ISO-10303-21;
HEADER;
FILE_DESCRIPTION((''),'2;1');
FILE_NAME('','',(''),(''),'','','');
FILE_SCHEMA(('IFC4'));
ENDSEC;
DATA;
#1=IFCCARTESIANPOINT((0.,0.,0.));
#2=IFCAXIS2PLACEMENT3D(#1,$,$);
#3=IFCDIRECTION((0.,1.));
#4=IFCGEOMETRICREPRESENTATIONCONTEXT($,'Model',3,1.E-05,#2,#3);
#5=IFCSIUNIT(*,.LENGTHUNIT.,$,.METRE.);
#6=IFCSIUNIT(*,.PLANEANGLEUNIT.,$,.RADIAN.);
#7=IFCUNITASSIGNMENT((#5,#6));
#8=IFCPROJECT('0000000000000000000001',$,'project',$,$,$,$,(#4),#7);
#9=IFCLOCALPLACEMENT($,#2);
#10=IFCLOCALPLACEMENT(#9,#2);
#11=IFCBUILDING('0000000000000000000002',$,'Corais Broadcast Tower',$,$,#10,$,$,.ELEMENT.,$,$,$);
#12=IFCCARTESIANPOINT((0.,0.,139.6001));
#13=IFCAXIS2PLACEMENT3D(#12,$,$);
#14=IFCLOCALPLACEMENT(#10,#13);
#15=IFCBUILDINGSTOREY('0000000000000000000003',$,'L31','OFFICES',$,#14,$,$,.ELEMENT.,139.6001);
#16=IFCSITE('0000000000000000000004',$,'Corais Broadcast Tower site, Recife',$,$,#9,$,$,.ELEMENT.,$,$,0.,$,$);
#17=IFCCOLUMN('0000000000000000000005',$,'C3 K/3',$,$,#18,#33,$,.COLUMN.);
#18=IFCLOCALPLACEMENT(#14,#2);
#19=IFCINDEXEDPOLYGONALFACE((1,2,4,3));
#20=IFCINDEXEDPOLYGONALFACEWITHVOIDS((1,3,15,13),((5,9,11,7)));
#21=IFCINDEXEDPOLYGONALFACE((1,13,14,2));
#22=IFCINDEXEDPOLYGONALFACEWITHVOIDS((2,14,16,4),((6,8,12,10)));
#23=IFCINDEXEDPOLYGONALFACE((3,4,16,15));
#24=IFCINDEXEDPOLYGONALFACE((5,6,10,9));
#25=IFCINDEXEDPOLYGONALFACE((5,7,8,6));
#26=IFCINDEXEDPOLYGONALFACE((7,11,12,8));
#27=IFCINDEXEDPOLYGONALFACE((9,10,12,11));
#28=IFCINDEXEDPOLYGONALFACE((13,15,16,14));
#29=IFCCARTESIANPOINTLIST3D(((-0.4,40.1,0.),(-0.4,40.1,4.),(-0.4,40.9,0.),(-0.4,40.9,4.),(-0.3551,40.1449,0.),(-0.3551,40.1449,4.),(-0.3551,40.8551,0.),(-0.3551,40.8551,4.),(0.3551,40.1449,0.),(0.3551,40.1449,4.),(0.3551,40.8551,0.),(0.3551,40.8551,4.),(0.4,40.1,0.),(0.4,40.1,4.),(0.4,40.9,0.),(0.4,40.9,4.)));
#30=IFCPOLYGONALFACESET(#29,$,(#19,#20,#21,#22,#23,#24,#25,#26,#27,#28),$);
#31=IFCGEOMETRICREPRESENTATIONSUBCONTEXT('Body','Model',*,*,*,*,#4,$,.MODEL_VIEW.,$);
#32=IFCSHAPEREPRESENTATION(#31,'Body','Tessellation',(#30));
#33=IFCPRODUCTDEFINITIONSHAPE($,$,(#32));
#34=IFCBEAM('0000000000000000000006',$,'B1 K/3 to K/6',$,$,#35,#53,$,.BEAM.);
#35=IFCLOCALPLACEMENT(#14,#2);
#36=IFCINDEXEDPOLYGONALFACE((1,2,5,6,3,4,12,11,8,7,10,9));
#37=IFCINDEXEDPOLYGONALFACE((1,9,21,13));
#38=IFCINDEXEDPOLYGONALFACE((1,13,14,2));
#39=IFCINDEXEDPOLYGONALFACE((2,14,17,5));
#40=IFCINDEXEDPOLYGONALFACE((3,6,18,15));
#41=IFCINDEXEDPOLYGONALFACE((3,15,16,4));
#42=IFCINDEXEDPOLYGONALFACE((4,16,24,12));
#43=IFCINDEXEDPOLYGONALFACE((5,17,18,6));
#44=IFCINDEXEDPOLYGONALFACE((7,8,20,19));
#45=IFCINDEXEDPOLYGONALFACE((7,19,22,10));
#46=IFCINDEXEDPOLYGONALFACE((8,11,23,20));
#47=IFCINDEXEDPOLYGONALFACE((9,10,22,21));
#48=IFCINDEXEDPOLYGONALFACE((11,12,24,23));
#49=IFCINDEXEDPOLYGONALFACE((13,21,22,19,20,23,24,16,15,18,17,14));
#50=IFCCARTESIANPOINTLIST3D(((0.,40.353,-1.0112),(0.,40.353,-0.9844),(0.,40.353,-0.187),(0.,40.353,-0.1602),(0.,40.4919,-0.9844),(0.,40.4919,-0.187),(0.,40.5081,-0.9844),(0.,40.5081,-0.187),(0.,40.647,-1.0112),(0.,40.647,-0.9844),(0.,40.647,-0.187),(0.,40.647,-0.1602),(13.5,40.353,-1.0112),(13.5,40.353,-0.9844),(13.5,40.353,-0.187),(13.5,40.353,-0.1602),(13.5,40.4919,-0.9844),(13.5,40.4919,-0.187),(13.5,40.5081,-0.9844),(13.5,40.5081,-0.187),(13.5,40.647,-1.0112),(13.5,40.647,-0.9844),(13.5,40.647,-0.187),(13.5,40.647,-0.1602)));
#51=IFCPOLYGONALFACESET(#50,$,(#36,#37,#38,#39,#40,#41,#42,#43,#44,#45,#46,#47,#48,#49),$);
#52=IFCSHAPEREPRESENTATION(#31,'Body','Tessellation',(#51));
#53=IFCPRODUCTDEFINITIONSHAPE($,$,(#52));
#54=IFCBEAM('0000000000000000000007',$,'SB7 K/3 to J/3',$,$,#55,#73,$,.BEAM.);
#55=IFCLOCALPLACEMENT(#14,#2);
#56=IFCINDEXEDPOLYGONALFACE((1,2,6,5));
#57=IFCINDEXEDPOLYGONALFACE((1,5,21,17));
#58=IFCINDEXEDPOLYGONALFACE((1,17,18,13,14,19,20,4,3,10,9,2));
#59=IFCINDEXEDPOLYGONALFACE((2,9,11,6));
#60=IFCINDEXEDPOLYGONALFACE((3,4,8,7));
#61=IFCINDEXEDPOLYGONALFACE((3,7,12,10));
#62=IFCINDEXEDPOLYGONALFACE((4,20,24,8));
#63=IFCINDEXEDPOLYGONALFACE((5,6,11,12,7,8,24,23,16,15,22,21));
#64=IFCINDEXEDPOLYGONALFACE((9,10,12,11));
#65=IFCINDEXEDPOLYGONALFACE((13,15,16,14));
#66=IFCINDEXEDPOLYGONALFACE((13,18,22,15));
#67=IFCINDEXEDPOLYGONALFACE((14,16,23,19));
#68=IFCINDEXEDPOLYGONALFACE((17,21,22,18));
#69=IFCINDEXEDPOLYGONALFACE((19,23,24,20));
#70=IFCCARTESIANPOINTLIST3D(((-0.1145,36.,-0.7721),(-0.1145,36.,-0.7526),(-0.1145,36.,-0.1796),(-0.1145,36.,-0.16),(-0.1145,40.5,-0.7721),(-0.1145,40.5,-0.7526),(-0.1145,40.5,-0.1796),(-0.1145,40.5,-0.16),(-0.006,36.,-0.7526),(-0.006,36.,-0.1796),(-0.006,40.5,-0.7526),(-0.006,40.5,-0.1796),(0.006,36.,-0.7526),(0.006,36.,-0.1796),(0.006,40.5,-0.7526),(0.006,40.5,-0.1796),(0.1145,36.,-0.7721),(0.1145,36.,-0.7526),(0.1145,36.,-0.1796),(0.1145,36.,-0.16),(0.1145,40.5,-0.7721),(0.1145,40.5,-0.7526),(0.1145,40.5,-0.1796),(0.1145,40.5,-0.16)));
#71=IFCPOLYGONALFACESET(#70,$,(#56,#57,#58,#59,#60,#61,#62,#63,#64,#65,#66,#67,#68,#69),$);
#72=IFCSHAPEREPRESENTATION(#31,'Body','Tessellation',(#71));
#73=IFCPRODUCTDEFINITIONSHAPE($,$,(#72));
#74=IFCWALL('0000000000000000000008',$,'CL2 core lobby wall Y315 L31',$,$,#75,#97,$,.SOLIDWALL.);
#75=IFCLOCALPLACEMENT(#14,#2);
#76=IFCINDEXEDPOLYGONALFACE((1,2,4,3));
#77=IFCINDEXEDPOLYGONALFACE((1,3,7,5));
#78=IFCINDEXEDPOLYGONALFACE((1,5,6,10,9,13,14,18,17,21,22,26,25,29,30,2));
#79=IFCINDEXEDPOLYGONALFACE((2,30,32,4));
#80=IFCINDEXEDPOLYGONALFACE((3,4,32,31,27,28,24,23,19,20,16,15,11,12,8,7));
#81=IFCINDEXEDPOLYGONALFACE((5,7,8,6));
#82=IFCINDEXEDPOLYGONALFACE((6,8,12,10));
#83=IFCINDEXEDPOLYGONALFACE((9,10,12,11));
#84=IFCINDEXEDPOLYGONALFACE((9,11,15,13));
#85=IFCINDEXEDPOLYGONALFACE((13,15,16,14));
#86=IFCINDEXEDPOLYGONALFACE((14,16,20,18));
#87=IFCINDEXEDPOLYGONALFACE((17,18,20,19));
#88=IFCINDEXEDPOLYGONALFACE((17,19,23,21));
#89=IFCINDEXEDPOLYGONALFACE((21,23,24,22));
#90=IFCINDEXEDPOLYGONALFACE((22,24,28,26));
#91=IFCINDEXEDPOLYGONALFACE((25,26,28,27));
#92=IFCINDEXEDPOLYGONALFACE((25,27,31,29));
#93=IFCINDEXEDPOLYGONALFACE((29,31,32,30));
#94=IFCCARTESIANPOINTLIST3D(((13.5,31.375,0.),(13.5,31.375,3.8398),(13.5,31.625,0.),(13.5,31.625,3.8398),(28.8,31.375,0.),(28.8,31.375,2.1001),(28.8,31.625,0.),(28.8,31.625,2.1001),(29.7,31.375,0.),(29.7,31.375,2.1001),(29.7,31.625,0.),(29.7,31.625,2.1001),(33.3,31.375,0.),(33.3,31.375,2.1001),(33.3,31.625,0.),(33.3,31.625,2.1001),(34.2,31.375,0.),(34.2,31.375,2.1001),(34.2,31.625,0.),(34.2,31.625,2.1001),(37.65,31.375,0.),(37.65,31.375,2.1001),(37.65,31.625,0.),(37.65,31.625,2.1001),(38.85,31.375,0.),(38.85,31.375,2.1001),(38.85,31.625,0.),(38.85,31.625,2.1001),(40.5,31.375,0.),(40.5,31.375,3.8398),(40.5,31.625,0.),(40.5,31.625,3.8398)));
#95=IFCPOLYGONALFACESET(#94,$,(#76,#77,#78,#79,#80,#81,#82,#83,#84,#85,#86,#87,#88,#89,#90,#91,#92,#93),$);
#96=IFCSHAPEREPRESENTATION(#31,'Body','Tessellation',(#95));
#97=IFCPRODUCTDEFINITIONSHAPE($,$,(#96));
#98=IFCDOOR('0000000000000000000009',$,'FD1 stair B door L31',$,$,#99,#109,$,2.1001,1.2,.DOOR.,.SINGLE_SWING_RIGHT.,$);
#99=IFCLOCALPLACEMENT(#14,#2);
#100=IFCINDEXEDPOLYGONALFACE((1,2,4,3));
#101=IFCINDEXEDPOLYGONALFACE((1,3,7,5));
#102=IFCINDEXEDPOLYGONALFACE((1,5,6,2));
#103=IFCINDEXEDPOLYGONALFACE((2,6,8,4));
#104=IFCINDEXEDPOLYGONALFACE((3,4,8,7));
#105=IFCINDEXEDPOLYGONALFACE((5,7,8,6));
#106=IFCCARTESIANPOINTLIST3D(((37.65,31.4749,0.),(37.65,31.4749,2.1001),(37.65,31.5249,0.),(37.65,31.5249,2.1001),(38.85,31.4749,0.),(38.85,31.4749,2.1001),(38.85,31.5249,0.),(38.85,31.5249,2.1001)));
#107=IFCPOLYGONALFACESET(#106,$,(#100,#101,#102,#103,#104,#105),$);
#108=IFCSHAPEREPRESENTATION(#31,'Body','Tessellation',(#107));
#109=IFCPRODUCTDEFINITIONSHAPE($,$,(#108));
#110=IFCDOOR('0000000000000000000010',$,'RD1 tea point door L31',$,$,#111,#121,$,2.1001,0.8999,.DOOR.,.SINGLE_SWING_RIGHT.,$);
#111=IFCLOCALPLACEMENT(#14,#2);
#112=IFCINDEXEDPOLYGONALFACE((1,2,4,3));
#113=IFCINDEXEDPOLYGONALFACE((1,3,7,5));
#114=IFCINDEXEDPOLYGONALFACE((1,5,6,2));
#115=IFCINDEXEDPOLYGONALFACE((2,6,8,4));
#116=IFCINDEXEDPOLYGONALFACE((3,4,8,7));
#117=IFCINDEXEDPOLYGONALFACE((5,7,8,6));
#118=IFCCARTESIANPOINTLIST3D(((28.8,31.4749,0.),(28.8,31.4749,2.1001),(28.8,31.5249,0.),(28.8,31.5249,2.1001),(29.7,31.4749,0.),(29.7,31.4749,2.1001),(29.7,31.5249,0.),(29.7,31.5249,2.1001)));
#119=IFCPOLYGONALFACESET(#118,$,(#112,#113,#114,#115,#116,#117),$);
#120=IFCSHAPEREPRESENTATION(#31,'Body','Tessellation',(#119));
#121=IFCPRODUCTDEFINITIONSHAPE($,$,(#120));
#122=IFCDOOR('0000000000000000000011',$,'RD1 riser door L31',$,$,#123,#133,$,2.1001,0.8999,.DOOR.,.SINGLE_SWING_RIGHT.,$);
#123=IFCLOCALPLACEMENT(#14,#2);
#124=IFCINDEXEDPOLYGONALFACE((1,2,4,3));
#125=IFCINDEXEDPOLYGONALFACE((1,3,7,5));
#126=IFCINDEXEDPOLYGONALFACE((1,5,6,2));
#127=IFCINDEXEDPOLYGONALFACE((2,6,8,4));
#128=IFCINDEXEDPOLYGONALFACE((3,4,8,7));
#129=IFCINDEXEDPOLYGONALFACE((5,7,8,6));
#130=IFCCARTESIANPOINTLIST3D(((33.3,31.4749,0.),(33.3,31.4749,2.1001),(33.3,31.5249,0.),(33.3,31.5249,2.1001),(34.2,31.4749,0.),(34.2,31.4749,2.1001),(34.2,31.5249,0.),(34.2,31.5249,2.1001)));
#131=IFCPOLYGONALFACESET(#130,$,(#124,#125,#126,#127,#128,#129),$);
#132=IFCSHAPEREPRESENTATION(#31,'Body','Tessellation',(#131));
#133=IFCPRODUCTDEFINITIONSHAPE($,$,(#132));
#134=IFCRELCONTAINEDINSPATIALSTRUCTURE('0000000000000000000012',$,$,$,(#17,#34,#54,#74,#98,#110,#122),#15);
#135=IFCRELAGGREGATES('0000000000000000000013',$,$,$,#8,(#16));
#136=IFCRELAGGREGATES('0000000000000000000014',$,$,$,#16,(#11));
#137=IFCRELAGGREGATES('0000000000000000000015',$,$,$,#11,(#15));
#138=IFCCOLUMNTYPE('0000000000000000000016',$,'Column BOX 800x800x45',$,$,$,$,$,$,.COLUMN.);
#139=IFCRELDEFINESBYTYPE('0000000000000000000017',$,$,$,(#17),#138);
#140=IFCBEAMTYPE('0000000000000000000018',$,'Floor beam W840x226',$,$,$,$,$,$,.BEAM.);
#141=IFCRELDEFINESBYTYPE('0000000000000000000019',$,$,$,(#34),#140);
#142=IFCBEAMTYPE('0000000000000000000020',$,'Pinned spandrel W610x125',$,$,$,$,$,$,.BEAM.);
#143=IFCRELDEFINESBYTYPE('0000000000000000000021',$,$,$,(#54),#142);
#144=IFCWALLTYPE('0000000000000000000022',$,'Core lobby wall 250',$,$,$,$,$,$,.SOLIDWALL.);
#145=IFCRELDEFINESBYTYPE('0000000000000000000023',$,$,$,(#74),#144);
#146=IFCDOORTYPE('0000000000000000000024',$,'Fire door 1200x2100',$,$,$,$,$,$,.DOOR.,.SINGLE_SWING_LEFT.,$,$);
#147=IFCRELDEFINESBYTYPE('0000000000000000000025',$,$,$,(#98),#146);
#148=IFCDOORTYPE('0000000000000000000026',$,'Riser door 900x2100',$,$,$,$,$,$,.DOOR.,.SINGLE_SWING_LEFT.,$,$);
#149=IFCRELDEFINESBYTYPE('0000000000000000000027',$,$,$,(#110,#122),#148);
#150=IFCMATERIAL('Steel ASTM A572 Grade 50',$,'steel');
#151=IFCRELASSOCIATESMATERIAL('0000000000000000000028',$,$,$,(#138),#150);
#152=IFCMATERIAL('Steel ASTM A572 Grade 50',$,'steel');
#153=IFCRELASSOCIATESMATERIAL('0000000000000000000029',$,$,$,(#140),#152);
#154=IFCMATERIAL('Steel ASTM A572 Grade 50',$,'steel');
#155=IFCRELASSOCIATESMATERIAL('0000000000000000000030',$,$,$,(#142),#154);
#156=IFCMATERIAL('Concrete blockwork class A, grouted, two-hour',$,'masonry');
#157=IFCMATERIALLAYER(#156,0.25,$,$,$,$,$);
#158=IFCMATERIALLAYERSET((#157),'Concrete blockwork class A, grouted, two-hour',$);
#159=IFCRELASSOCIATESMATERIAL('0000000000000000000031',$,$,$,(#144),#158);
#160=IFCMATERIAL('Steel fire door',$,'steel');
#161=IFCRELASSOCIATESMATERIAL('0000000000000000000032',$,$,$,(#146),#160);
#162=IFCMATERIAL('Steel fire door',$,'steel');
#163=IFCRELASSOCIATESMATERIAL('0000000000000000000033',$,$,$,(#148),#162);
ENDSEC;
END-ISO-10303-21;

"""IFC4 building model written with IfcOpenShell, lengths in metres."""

from ifc_helpers import new_model, si_unit, direction, frame, frame_2d, origin, origin_2d, place, context, subcontext, project, spatial, rectangle, hollow_rectangle, i_section, extrude, material, layer, layer_set, material_profile, profile_set, type_object, element, fill, save


model = new_model("IFC4")

# Units and contexts
model_context = context("Model", 3, precision=1e-05, world=origin(), true_north=direction((0.0, 1.0)))
body_context = subcontext(model_context, "Body", "Model", "MODEL_VIEW")
ifc_project = project(units=[si_unit("LENGTHUNIT", "METRE"), si_unit("PLANEANGLEUNIT", "RADIAN")], contexts=[model_context])

# Site, building, storey
site_placement = place(None, origin())
site = spatial("IfcSite", under=ifc_project, at=site_placement, Name="Corais Broadcast Tower site, Recife", CompositionType="ELEMENT", RefElevation=0.0)
building_placement = place(site_placement, origin())
building = spatial("IfcBuilding", under=site, at=building_placement, Name="Corais Broadcast Tower", CompositionType="ELEMENT")
storey_placement = place(building_placement, frame((0.0, 0.0, 139.6001)))
storey = spatial("IfcBuildingStorey", under=building, at=storey_placement, Name="L31", Description="OFFICES", CompositionType="ELEMENT", Elevation=139.6001)

# Column
ifc_material_1 = material(Name="Steel ASTM A572 Grade 50", Category="steel")
ifc_material_profile_1 = material_profile(ifc_material_1, hollow_rectangle(XDim=0.8, YDim=0.8, WallThickness=0.0449, at=origin_2d()), Name="BOX 800x800x45")
ifc_profile_set_1 = profile_set([ifc_material_profile_1], Name="Steel ASTM A572 Grade 50")
column_type = type_object("IfcColumnType", Name="Column BOX 800x800x45", PredefinedType="COLUMN", material=ifc_profile_set_1)
column_placement = place(storey_placement, frame((0.0, 40.5, 0.0), z_axis=(0.0, 0.0, 1.0), x_axis=(1.0, 0.0, 0.0)))
element("IfcColumn", 1, at=column_placement, inside=storey, type_object=column_type, Name="C3 K/3", PredefinedType="COLUMN", context=body_context, shape_type="SweptSolid", body=[
    extrude(hollow_rectangle(XDim=0.8, YDim=0.8, WallThickness=0.0449, at=origin_2d()), origin(), (0.0, 0.0, 1.0), 4.0),
])

# Beams
ifc_material_2 = material(Name="Steel ASTM A572 Grade 50", Category="steel")
ifc_material_profile_2 = material_profile(ifc_material_2, i_section(OverallWidth=0.2939, OverallDepth=0.8511, WebThickness=0.0161, FlangeThickness=0.0269, at=origin_2d()), Name="W840x226")
ifc_profile_set_2 = profile_set([ifc_material_profile_2], Name="Steel ASTM A572 Grade 50")
beam_type_1 = type_object("IfcBeamType", Name="Floor beam W840x226", PredefinedType="BEAM", material=ifc_profile_set_2)
beam_1_placement = place(storey_placement, frame((0.0, 40.5, -0.5857), z_axis=(1.0, 0.0, 0.0), x_axis=(0.0, 1.0, 0.0)))
element("IfcBeam", 2, at=beam_1_placement, inside=storey, type_object=beam_type_1, Name="B1 K/3 to K/6", PredefinedType="BEAM", context=body_context, shape_type="SweptSolid", body=[
    extrude(i_section(OverallWidth=0.2939, OverallDepth=0.8511, WebThickness=0.0161, FlangeThickness=0.0269, at=origin_2d()), origin(), (0.0, 0.0, 1.0), 13.5),
])
ifc_material_3 = material(Name="Steel ASTM A572 Grade 50", Category="steel")
ifc_material_profile_3 = material_profile(ifc_material_3, i_section(OverallWidth=0.229, OverallDepth=0.6121, WebThickness=0.012, FlangeThickness=0.0195, at=origin_2d()), Name="W610x125")
ifc_profile_set_3 = profile_set([ifc_material_profile_3], Name="Steel ASTM A572 Grade 50")
beam_type_2 = type_object("IfcBeamType", Name="Pinned spandrel W610x125", PredefinedType="BEAM", material=ifc_profile_set_3)
beam_2_placement = place(storey_placement, frame((0.0, 40.5, -0.4661), z_axis=(0.0, -1.0, 0.0), x_axis=(1.0, 0.0, 0.0)))
element("IfcBeam", 3, at=beam_2_placement, inside=storey, type_object=beam_type_2, Name="SB7 K/3 to J/3", PredefinedType="BEAM", context=body_context, shape_type="SweptSolid", body=[
    extrude(i_section(OverallWidth=0.229, OverallDepth=0.6121, WebThickness=0.012, FlangeThickness=0.0195, at=origin_2d()), origin(), (0.0, 0.0, 1.0), 4.5),
])

# Wall, openings, doors
ifc_material_4 = material(Name="Concrete blockwork class A, grouted, two-hour", Category="masonry")
ifc_layer_1 = layer(ifc_material_4, 0.25)
ifc_layer_set_1 = layer_set([ifc_layer_1], Name="Concrete blockwork class A, grouted, two-hour")
wall_type_1 = type_object("IfcWallType", Name="Core lobby wall 250", PredefinedType="SOLIDWALL", material=ifc_layer_set_1)
wall_1_placement = place(storey_placement, frame((13.5, 31.5, 0.0), z_axis=(0.0, 0.0, 1.0), x_axis=(1.0, 0.0, 0.0)))
wall_1 = element("IfcWall", 4, at=wall_1_placement, inside=storey, type_object=wall_type_1, Name="CL2 core lobby wall Y315 L31", PredefinedType="SOLIDWALL", context=body_context, shape_type="SweptSolid", body=[
    extrude(rectangle(XDim=27.0, YDim=0.25, at=frame_2d((13.5, 0.0))), origin(), (0.0, 0.0, 1.0), 3.8398),
])
opening_1_placement = place(wall_1_placement, frame((24.1499, 0.0, 0.0)))
opening_1 = element("IfcOpeningElement", 5, at=opening_1_placement, cuts=wall_1, PredefinedType="OPENING", context=body_context, shape_type="SweptSolid", body=[
    extrude(rectangle(XDim=1.2, YDim=2.1001, at=frame_2d((0.6001, 1.05))), frame((0.0, 0.135, 0.0), z_axis=(0.0, -1.0, 0.0), x_axis=(1.0, 0.0, 0.0)), (0.0, 0.0, 1.0), 0.27),
])
opening_2_placement = place(wall_1_placement, frame((15.3, 0.0, 0.0)))
opening_2 = element("IfcOpeningElement", 6, at=opening_2_placement, cuts=wall_1, PredefinedType="OPENING", context=body_context, shape_type="SweptSolid", body=[
    extrude(rectangle(XDim=0.8999, YDim=2.1001, at=frame_2d((0.45, 1.05))), frame((0.0, 0.135, 0.0), z_axis=(0.0, -1.0, 0.0), x_axis=(1.0, 0.0, 0.0)), (0.0, 0.0, 1.0), 0.27),
])
opening_3_placement = place(wall_1_placement, frame((19.8, 0.0, 0.0)))
opening_3 = element("IfcOpeningElement", 7, at=opening_3_placement, cuts=wall_1, PredefinedType="OPENING", context=body_context, shape_type="SweptSolid", body=[
    extrude(rectangle(XDim=0.8999, YDim=2.1001, at=frame_2d((0.45, 1.05))), frame((0.0, 0.135, 0.0), z_axis=(0.0, -1.0, 0.0), x_axis=(1.0, 0.0, 0.0)), (0.0, 0.0, 1.0), 0.27),
])
ifc_material_5 = material(Name="Steel fire door", Category="steel")
door_type_1 = type_object("IfcDoorType", Name="Fire door 1200x2100", OperationType="SINGLE_SWING_LEFT", PredefinedType="DOOR", material=ifc_material_5)
door_1_placement = place(opening_1_placement, origin())
door_1 = element("IfcDoor", 8, at=door_1_placement, inside=storey, type_object=door_type_1, Name="FD1 stair B door L31", OperationType="SINGLE_SWING_RIGHT", OverallHeight=2.1001, OverallWidth=1.2, PredefinedType="DOOR", context=body_context, shape_type="SweptSolid", body=[
    extrude(rectangle(XDim=1.2, YDim=2.1001, at=frame_2d((0.6001, 1.05))), frame((0.0, 0.0249, 0.0), z_axis=(0.0, -1.0, 0.0), x_axis=(1.0, 0.0, 0.0)), (0.0, 0.0, 1.0), 0.05),
])
fill(opening_1, door_1)
ifc_material_6 = material(Name="Steel fire door", Category="steel")
door_type_2 = type_object("IfcDoorType", Name="Riser door 900x2100", OperationType="SINGLE_SWING_LEFT", PredefinedType="DOOR", material=ifc_material_6)
door_2_placement = place(opening_2_placement, origin())
door_2 = element("IfcDoor", 9, at=door_2_placement, inside=storey, type_object=door_type_2, Name="RD1 tea point door L31", OperationType="SINGLE_SWING_RIGHT", OverallHeight=2.1001, OverallWidth=0.8999, PredefinedType="DOOR", context=body_context, shape_type="SweptSolid", body=[
    extrude(rectangle(XDim=0.8999, YDim=2.1001, at=frame_2d((0.45, 1.05))), frame((0.0, 0.0249, 0.0), z_axis=(0.0, -1.0, 0.0), x_axis=(1.0, 0.0, 0.0)), (0.0, 0.0, 1.0), 0.05),
])
fill(opening_2, door_2)
door_3_placement = place(opening_3_placement, origin())
door_3 = element("IfcDoor", 10, at=door_3_placement, inside=storey, type_object=door_type_2, Name="RD1 riser door L31", OperationType="SINGLE_SWING_RIGHT", OverallHeight=2.1001, OverallWidth=0.8999, PredefinedType="DOOR", context=body_context, shape_type="SweptSolid", body=[
    extrude(rectangle(XDim=0.8999, YDim=2.1001, at=frame_2d((0.45, 1.05))), frame((0.0, 0.0249, 0.0), z_axis=(0.0, -1.0, 0.0), x_axis=(1.0, 0.0, 0.0)), (0.0, 0.0, 1.0), 0.05),
])
fill(opening_3, door_3)

save(model, "model.ifc")
